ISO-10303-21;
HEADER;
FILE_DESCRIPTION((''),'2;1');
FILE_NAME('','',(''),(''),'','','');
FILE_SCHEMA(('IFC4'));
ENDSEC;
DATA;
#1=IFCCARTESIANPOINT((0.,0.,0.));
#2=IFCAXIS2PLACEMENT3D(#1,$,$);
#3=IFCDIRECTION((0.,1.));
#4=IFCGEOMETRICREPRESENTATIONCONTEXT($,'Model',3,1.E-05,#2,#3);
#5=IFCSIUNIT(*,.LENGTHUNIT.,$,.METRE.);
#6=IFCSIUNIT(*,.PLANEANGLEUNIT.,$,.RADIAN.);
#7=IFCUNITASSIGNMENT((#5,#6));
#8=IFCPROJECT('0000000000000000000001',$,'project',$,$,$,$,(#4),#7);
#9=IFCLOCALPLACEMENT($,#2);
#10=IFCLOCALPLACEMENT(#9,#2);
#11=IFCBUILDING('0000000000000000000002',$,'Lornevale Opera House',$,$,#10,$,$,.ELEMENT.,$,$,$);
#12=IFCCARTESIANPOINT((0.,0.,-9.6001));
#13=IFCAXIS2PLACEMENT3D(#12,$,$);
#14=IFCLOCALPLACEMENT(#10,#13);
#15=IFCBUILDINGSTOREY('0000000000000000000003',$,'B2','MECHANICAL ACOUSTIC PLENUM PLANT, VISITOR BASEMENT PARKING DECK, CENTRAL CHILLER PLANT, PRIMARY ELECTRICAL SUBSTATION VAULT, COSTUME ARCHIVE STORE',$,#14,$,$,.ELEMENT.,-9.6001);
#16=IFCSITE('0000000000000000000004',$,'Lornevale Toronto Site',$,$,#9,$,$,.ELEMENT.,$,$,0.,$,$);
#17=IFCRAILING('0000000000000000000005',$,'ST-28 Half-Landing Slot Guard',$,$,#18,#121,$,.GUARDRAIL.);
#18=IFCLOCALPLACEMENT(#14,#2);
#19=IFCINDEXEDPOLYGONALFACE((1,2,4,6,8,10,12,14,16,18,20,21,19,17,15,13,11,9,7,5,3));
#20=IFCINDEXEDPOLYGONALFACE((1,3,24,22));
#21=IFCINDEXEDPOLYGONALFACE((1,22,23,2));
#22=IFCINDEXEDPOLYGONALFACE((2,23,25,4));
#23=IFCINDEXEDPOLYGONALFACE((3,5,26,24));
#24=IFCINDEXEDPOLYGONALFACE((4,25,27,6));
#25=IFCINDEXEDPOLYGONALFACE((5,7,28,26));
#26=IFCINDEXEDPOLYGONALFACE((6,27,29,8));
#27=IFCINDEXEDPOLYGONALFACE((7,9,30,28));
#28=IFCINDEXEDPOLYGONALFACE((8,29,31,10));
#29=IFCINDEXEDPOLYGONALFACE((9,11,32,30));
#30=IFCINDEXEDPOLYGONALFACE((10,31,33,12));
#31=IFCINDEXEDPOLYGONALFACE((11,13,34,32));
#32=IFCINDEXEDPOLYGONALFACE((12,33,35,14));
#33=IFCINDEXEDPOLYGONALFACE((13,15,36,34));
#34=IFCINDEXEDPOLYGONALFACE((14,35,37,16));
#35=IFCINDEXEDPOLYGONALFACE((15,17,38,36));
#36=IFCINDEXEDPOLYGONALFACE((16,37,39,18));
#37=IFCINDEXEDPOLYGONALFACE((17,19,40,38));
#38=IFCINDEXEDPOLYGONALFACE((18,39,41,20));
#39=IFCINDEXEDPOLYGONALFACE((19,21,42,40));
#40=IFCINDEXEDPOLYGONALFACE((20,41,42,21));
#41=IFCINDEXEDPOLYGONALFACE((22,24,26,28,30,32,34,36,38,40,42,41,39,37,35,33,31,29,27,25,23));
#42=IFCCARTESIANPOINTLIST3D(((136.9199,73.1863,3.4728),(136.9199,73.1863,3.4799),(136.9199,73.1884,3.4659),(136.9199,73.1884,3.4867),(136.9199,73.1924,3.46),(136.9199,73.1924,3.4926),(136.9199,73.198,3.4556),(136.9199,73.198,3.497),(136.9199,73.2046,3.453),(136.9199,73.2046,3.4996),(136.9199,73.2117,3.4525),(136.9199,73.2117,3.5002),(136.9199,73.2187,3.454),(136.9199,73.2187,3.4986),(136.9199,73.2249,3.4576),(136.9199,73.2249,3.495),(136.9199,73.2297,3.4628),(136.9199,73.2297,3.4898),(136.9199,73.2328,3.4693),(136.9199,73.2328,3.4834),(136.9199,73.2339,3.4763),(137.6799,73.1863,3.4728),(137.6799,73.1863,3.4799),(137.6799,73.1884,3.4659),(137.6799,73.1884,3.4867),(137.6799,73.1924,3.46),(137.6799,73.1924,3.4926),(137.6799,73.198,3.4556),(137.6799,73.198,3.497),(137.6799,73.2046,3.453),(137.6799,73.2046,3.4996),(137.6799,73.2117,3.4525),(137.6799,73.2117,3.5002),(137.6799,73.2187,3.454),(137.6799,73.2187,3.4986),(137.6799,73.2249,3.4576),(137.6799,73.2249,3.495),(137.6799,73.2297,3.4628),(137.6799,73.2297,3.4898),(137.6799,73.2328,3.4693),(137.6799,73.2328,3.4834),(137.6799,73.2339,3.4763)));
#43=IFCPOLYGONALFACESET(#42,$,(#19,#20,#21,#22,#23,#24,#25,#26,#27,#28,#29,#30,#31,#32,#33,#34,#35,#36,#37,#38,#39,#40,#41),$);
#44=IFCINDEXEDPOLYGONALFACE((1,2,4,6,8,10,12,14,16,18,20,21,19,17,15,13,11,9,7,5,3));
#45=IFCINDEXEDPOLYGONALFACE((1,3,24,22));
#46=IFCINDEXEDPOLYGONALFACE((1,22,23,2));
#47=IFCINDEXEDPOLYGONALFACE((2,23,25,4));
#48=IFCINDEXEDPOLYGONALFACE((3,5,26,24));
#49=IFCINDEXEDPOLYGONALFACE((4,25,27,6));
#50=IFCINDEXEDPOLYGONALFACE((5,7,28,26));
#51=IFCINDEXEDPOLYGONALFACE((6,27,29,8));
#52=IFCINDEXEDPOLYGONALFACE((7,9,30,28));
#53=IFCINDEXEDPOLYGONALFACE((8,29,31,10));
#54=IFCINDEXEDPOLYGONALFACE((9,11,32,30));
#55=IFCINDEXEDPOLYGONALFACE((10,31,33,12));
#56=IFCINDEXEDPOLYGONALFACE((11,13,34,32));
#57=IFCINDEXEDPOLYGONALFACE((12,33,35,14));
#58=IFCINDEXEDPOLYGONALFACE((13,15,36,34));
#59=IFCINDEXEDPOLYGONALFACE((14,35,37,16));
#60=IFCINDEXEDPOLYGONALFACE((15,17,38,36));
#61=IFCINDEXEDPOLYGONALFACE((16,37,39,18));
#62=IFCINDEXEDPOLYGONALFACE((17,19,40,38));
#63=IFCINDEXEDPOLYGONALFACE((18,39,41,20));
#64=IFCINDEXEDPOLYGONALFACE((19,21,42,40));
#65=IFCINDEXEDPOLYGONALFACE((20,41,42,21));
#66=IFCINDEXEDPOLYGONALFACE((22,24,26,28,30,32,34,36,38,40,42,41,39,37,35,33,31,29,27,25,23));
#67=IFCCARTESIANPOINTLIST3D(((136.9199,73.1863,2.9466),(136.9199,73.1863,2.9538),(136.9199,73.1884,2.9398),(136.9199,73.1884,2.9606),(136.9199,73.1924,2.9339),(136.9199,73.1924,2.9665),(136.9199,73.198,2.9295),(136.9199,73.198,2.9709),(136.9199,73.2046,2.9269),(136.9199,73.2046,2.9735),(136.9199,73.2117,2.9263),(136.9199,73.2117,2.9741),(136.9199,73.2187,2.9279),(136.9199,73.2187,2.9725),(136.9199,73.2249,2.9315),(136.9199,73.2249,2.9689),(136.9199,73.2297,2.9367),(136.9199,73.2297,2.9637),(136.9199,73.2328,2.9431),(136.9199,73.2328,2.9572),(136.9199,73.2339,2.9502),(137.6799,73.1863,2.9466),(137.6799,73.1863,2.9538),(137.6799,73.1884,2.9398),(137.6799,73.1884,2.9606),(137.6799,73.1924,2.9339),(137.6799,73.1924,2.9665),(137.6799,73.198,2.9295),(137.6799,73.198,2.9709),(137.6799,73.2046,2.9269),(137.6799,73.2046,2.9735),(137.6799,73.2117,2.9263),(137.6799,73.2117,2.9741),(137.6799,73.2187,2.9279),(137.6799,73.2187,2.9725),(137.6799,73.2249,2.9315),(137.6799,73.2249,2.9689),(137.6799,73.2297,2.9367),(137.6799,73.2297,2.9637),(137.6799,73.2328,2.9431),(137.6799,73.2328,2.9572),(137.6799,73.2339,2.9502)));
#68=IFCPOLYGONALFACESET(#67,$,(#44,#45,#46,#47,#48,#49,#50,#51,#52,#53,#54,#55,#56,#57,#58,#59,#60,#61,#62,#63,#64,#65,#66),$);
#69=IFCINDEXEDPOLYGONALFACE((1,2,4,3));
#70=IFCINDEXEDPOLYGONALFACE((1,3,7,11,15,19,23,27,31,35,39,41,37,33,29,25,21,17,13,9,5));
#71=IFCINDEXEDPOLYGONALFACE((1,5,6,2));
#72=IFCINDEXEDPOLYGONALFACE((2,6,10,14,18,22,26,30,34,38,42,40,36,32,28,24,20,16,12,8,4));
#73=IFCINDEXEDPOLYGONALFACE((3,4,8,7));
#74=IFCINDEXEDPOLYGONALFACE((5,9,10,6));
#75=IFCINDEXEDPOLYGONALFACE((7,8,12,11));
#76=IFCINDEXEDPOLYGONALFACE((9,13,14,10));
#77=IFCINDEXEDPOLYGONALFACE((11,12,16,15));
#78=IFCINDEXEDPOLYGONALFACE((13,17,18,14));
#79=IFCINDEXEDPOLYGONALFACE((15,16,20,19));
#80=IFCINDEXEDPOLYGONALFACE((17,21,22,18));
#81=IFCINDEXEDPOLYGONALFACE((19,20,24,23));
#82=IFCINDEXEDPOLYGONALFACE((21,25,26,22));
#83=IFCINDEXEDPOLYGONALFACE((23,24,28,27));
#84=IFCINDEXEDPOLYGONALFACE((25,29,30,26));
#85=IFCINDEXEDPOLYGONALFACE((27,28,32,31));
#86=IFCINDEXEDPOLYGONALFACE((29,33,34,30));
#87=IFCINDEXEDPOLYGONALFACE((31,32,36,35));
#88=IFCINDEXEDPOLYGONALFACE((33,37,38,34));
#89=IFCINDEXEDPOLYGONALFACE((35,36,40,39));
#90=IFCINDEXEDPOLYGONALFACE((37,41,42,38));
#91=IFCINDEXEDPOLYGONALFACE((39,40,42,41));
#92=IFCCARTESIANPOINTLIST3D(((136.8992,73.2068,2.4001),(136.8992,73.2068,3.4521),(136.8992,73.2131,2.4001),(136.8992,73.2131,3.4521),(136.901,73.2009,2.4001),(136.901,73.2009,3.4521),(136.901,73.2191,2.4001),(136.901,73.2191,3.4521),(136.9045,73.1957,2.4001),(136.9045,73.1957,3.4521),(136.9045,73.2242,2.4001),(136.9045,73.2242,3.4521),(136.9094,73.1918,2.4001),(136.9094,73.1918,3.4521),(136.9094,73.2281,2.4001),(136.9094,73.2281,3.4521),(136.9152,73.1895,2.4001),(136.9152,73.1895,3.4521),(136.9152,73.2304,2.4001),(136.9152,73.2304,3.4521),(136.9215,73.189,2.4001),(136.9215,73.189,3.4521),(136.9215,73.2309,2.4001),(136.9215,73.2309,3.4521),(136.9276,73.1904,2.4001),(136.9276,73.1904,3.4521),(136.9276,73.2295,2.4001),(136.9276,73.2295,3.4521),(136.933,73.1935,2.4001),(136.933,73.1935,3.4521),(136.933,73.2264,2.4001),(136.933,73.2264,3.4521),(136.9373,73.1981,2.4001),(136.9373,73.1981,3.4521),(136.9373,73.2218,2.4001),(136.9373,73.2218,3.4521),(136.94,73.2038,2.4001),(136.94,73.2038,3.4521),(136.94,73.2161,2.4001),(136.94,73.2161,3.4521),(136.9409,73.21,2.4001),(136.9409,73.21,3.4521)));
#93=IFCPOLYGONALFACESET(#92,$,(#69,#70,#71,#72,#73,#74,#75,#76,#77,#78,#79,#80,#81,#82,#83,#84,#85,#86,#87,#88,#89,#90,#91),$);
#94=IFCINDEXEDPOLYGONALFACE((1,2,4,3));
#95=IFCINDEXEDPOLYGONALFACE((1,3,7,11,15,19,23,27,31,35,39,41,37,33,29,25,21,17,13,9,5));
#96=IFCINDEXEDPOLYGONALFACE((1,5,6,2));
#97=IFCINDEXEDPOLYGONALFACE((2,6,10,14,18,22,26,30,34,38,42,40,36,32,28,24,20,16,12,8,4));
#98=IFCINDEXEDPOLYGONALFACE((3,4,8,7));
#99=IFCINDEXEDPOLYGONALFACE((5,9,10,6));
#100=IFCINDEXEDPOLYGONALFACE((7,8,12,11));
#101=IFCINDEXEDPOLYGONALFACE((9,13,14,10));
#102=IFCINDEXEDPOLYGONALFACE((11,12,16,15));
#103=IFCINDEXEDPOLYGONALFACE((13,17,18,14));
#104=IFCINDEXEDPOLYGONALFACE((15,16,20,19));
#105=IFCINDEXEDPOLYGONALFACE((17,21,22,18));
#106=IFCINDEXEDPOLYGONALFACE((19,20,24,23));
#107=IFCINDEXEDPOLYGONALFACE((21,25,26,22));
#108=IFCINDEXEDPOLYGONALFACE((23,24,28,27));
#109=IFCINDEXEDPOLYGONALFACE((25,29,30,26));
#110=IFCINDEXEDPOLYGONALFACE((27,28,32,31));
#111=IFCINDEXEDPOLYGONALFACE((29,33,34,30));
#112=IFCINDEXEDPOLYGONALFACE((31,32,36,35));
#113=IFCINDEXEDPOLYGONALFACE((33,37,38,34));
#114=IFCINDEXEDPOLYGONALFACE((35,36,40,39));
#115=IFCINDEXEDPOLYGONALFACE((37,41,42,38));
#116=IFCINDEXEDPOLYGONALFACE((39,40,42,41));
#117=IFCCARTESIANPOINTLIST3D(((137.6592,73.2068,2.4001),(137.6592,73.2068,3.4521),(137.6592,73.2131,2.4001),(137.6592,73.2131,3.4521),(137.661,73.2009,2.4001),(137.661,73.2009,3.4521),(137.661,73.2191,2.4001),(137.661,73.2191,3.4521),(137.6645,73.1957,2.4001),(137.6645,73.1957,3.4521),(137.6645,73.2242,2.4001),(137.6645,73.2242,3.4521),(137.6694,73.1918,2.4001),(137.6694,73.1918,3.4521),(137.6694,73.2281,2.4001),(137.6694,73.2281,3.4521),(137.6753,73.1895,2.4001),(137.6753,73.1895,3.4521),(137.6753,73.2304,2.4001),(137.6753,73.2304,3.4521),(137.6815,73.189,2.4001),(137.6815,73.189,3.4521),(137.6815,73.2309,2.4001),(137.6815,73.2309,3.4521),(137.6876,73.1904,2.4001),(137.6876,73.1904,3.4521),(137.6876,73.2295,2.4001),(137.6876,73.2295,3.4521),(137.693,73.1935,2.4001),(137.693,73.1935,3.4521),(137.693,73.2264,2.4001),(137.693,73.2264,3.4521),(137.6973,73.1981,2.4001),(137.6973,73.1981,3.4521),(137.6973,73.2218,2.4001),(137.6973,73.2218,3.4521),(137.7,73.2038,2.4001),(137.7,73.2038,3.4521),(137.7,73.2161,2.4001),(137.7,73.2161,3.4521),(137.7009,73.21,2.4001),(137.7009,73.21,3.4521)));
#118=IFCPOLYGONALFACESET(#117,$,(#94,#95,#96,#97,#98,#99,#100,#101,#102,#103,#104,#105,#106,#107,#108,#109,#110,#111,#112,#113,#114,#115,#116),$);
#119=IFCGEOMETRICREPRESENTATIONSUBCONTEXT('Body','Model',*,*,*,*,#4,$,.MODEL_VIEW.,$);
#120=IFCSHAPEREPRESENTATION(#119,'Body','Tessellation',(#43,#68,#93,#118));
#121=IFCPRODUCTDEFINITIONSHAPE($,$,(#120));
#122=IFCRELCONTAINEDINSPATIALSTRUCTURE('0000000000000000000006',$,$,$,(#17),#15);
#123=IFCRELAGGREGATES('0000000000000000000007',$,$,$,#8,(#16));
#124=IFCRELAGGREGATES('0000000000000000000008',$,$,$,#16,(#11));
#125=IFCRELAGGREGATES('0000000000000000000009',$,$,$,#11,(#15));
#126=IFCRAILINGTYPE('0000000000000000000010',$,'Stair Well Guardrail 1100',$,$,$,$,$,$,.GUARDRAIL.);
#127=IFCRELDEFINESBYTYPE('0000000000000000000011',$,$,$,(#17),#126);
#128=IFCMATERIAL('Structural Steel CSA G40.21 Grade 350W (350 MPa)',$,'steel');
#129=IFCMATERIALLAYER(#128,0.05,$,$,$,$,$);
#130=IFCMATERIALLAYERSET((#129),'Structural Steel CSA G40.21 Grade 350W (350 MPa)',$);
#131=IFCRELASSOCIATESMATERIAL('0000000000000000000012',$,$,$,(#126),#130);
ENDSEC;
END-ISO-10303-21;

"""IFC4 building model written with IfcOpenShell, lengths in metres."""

from ifc_helpers import new_model, si_unit, direction, frame, origin, origin_2d, place, context, subcontext, project, spatial, circle, extrude, material, layer, layer_set, type_object, element, save


model = new_model("IFC4")

# Units and contexts
model_context = context("Model", 3, precision=1e-05, world=origin(), true_north=direction((0.0, 1.0)))
body_context = subcontext(model_context, "Body", "Model", "MODEL_VIEW")
ifc_project = project(units=[si_unit("LENGTHUNIT", "METRE"), si_unit("PLANEANGLEUNIT", "RADIAN")], contexts=[model_context])

# Site, building, storey
site_placement = place(None, origin())
site = spatial("IfcSite", under=ifc_project, at=site_placement, Name="Lornevale Toronto Site", CompositionType="ELEMENT", RefElevation=0.0)
building_placement = place(site_placement, origin())
building = spatial("IfcBuilding", under=site, at=building_placement, Name="Lornevale Opera House", CompositionType="ELEMENT")
storey_placement = place(building_placement, frame((0.0, 0.0, -9.6001)))
storey = spatial("IfcBuildingStorey", under=building, at=storey_placement, Name="B2", Description="MECHANICAL ACOUSTIC PLENUM PLANT, VISITOR BASEMENT PARKING DECK, CENTRAL CHILLER PLANT, PRIMARY ELECTRICAL SUBSTATION VAULT, COSTUME ARCHIVE STORE", CompositionType="ELEMENT", Elevation=-9.6001)

# Railing
ifc_material_1 = material(Name="Structural Steel CSA G40.21 Grade 350W (350 MPa)", Category="steel")
ifc_layer_1 = layer(ifc_material_1, 0.05)
ifc_layer_set_1 = layer_set([ifc_layer_1], Name="Structural Steel CSA G40.21 Grade 350W (350 MPa)")
railing_type_1 = type_object("IfcRailingType", Name="Stair Well Guardrail 1100", PredefinedType="GUARDRAIL", material=ifc_layer_set_1)
railing_1_placement = place(storey_placement, frame((136.9199, 73.21, 2.4001)))
element("IfcRailing", 1, at=railing_1_placement, inside=storey, type_object=railing_type_1, Name="ST-28 Half-Landing Slot Guard", PredefinedType="GUARDRAIL", context=body_context, shape_type="SweptSolid", body=[
    extrude(circle(Radius=0.0239, at=origin_2d()), frame((0.0, 0.0, 1.0762), z_axis=(1.0, 0.0, 0.0), x_axis=(0.0, 1.0, 0.0)), (0.0, 0.0, 1.0), 0.76),
    extrude(circle(Radius=0.0239, at=origin_2d()), frame((0.0, 0.0, 0.55), z_axis=(1.0, 0.0, 0.0), x_axis=(0.0, 1.0, 0.0)), (0.0, 0.0, 1.0), 0.76),
    extrude(circle(Radius=0.021, at=origin_2d()), origin(), (0.0, 0.0, 1.0), 1.052),
    extrude(circle(Radius=0.021, at=origin_2d()), frame((0.76, 0.0, 0.0)), (0.0, 0.0, 1.0), 1.052),
])

save(model, "model.ifc")
